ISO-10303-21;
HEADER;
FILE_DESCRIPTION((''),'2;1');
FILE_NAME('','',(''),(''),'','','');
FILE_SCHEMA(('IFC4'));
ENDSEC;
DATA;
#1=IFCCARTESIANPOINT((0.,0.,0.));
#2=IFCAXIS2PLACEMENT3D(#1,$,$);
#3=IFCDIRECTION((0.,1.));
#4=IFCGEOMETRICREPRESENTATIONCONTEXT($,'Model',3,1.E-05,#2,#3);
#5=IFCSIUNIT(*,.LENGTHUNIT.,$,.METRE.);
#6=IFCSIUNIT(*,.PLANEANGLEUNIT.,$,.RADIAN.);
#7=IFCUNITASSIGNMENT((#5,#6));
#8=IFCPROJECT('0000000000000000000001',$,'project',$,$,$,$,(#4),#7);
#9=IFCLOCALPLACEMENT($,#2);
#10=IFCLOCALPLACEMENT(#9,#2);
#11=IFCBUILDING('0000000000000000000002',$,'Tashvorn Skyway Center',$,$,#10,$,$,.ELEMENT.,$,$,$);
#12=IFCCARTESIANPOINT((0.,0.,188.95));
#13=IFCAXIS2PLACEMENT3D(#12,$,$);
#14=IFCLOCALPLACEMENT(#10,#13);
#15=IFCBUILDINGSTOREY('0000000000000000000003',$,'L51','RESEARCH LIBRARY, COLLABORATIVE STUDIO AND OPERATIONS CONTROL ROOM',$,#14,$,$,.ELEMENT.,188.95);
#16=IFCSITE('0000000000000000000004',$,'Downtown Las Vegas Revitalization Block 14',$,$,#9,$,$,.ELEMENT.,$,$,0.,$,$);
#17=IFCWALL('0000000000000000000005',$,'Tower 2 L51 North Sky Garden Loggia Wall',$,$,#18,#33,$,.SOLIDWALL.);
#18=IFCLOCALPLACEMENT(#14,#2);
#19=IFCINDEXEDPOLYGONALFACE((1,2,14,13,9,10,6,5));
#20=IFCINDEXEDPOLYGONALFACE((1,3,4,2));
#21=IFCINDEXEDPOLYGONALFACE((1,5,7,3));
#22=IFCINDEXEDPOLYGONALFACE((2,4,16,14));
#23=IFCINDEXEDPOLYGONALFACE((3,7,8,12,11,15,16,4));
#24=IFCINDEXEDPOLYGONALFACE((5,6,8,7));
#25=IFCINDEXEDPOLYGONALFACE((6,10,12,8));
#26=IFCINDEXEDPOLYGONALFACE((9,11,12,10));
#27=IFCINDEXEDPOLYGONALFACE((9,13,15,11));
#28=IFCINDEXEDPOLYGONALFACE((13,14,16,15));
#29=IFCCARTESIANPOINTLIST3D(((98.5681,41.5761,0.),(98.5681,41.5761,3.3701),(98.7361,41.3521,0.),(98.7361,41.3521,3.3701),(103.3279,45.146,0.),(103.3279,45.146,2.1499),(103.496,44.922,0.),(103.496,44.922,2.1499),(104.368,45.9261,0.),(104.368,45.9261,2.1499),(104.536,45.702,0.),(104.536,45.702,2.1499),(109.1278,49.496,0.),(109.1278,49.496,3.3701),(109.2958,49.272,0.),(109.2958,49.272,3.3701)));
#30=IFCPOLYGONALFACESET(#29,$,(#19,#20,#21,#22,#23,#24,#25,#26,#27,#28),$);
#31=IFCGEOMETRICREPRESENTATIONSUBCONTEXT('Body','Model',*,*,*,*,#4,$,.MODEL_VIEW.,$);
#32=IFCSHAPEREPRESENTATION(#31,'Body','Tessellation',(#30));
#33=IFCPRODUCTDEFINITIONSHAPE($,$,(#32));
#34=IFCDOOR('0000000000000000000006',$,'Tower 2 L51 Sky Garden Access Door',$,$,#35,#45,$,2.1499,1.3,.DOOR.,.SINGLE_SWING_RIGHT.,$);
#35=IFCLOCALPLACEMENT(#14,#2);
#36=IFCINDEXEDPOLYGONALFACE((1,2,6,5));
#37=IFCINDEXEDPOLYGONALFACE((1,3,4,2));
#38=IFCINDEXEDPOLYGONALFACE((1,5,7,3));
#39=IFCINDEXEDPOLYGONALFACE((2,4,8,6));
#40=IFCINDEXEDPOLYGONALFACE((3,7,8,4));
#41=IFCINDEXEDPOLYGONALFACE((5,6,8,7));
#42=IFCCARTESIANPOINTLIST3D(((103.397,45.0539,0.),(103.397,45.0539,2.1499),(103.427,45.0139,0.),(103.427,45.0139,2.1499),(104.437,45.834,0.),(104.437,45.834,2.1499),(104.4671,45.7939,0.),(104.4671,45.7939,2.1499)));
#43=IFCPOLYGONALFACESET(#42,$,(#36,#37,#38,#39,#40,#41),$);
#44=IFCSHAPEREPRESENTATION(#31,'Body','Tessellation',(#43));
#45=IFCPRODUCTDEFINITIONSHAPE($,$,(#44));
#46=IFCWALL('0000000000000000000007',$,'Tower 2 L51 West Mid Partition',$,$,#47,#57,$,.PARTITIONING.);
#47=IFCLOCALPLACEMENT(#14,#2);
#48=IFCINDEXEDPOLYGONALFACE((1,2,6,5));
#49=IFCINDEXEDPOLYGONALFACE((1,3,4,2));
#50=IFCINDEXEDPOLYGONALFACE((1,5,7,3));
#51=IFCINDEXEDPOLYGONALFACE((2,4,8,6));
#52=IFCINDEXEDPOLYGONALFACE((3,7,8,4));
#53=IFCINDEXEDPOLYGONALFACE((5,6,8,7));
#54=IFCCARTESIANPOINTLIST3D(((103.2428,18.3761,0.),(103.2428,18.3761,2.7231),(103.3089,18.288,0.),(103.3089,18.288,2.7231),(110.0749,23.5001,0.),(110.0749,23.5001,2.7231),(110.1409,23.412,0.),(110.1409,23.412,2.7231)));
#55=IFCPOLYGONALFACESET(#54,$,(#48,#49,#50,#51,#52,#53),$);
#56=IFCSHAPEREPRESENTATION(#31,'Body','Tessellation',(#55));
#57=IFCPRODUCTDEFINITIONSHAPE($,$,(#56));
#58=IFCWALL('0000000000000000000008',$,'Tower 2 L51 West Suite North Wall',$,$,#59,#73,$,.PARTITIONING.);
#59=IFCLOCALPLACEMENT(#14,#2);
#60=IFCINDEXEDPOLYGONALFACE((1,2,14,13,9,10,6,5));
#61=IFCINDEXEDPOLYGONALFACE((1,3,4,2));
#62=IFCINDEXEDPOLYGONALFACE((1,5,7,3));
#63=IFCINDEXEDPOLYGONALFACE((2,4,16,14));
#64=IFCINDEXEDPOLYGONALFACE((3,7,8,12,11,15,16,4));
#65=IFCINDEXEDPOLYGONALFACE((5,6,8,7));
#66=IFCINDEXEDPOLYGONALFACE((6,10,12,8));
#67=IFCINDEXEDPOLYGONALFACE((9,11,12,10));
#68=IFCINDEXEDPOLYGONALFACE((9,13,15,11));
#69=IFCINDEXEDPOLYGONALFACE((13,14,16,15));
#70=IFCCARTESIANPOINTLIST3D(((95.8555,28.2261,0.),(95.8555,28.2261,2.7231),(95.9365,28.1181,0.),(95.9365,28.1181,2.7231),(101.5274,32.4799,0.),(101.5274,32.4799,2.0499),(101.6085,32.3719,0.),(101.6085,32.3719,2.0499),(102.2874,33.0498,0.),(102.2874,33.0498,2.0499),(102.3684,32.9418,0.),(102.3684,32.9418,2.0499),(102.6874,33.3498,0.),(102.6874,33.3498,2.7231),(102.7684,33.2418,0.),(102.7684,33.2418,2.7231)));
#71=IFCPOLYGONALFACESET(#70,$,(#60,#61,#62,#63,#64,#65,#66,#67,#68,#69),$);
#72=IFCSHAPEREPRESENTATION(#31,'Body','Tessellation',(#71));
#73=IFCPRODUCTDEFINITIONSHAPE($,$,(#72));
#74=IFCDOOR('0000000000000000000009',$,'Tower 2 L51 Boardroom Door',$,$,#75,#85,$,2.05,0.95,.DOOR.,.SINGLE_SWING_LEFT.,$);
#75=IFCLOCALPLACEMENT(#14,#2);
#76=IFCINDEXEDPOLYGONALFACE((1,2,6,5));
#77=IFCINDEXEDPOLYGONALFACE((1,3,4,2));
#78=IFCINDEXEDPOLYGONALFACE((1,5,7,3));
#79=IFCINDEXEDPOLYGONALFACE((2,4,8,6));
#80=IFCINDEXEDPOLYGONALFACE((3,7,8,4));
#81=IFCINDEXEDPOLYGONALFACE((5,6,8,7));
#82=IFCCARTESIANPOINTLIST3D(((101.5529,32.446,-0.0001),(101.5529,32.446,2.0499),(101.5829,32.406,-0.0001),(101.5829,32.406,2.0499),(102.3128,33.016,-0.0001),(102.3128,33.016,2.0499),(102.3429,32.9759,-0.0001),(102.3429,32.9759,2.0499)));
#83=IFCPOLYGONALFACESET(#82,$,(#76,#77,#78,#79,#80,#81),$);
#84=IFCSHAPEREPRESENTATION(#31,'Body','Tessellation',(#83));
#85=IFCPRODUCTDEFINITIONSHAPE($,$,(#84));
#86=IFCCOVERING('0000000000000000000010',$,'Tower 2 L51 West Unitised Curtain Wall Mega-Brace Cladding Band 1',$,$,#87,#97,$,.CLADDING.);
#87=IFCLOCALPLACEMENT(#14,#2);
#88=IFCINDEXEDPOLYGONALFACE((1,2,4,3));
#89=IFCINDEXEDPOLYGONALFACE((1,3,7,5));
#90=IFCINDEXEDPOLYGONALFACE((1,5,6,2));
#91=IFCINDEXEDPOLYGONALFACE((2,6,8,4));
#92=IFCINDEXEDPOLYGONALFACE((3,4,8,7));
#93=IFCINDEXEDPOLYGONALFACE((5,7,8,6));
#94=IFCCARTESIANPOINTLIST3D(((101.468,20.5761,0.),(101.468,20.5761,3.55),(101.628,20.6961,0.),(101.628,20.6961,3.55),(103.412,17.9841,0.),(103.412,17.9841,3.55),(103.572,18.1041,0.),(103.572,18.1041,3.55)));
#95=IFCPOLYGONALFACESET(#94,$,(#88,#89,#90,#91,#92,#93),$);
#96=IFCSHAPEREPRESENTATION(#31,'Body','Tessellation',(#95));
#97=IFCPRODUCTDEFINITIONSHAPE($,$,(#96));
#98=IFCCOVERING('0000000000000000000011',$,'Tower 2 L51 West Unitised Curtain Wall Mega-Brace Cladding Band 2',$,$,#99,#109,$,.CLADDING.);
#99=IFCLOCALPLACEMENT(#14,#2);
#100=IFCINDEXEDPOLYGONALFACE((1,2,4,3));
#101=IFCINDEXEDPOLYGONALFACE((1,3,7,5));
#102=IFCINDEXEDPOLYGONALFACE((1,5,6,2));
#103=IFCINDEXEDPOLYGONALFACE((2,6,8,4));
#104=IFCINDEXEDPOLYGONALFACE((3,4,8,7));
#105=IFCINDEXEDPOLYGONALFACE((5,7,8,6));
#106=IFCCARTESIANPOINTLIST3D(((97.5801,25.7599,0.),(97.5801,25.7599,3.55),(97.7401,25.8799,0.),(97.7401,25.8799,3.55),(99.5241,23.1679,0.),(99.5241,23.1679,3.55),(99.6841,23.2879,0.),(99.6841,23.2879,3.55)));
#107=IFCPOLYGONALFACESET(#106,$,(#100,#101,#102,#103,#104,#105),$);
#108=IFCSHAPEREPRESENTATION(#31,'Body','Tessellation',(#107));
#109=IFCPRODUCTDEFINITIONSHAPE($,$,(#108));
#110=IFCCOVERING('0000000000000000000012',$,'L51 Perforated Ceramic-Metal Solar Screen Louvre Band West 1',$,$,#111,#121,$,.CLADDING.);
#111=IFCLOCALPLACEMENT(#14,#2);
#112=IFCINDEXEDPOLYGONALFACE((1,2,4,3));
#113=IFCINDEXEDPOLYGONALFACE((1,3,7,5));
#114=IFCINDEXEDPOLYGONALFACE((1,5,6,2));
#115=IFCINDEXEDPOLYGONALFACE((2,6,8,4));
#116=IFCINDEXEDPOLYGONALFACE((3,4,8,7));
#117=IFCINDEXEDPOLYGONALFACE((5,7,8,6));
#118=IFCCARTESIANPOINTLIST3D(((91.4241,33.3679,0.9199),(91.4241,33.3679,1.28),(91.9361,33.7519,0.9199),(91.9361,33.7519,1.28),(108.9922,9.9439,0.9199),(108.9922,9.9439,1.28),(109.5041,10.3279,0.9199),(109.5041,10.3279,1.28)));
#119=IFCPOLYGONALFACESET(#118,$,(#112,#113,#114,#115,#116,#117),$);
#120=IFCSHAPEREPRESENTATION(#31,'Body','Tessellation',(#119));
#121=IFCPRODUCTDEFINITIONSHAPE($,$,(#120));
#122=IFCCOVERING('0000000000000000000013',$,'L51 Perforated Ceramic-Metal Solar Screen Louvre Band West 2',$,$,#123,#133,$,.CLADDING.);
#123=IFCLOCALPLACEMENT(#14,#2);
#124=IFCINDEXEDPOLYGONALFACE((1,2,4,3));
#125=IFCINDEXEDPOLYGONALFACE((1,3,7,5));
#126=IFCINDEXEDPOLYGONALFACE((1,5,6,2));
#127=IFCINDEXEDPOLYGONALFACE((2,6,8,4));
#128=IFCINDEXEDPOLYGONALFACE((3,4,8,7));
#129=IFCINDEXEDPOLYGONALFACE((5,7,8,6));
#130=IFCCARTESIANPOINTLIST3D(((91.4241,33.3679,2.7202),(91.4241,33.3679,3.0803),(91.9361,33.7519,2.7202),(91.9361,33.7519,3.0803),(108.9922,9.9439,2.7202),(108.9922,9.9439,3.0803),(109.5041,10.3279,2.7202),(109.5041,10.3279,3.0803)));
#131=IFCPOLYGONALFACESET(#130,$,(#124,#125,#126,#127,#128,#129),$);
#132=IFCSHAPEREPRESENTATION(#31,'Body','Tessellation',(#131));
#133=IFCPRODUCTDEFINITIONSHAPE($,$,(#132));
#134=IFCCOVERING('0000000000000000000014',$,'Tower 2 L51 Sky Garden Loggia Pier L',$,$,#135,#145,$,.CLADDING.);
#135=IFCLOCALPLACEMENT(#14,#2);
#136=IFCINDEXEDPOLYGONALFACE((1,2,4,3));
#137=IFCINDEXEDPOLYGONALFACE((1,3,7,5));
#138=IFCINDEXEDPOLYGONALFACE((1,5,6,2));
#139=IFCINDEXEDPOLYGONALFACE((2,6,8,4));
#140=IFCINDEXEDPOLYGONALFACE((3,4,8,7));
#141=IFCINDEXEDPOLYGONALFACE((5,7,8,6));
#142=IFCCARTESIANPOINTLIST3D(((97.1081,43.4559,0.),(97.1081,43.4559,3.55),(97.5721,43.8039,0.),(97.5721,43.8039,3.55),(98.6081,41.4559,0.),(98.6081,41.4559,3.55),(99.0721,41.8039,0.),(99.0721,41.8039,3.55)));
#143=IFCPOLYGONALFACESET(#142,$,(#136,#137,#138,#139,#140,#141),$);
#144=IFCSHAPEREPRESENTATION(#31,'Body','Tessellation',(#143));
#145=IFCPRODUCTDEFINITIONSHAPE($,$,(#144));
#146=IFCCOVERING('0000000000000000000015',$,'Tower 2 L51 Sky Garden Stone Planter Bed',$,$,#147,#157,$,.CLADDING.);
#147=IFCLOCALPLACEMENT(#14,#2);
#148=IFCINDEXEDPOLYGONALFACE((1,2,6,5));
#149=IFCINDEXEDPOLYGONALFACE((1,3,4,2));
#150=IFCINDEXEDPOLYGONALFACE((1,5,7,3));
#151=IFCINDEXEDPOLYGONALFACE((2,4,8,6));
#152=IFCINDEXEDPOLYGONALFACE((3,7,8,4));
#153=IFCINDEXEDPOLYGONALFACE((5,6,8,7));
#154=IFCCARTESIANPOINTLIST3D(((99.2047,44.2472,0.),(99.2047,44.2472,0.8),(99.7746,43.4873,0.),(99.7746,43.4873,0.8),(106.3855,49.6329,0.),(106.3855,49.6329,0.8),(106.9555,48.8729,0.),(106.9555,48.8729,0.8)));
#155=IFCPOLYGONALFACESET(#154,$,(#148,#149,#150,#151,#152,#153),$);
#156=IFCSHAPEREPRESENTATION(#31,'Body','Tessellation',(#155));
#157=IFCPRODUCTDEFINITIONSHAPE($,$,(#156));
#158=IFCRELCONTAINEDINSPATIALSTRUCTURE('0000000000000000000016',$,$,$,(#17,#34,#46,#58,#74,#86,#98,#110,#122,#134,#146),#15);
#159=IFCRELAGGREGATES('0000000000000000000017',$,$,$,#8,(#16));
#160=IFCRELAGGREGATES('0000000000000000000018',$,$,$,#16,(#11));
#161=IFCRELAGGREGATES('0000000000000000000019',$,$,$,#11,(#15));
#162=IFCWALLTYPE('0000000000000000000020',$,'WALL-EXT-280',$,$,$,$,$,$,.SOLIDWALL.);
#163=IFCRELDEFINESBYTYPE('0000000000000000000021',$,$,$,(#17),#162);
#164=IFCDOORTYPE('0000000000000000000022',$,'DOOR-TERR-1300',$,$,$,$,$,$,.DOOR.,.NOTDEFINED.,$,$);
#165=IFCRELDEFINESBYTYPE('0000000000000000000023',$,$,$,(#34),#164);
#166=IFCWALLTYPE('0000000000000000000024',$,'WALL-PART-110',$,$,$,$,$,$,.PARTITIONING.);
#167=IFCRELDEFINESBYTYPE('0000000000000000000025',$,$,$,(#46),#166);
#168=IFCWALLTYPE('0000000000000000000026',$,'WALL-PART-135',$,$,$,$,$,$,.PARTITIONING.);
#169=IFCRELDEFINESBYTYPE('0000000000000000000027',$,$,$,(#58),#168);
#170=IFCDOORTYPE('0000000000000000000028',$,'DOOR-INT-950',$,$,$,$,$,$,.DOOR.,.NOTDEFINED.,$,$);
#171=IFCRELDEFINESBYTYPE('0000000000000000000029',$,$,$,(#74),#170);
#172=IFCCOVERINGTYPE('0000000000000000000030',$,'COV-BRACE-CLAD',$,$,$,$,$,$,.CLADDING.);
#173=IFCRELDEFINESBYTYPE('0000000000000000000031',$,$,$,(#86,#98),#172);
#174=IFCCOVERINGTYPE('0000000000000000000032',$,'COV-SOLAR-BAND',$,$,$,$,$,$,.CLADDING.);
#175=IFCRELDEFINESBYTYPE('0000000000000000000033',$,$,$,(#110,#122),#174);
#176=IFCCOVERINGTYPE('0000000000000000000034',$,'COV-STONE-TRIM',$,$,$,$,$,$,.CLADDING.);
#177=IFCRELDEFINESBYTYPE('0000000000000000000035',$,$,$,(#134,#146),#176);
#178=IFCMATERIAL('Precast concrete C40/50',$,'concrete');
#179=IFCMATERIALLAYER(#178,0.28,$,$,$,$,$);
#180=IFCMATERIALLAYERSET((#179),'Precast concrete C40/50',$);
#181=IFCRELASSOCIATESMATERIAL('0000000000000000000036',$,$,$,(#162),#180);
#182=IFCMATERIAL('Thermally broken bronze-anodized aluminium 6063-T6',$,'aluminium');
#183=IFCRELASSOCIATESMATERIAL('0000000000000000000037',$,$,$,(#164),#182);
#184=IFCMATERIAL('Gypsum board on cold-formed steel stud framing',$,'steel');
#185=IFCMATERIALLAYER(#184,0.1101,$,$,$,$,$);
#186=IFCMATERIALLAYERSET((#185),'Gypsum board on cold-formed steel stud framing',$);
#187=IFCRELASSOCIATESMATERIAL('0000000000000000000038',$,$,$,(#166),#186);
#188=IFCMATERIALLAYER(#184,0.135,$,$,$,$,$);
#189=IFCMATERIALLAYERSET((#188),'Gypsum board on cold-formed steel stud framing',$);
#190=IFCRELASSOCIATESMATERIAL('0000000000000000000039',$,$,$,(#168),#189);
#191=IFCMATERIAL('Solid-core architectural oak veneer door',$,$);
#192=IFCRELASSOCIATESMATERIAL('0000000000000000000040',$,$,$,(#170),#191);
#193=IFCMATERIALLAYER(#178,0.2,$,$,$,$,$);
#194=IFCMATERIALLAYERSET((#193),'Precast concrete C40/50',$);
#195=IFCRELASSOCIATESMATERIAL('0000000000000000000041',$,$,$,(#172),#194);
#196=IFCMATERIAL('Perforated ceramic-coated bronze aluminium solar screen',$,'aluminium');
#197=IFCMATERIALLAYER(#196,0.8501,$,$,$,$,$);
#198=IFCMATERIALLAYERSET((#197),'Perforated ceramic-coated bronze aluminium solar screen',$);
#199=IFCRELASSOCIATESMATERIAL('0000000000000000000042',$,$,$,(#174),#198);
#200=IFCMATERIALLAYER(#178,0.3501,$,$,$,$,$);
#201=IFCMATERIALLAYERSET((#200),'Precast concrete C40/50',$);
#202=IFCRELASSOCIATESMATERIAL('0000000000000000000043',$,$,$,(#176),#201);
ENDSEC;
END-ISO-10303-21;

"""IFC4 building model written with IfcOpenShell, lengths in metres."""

from ifc_helpers import new_model, si_unit, direction, frame, frame_2d, origin, origin_2d, place, context, subcontext, project, spatial, rectangle, extrude, material, layer, layer_set, type_object, element, fill, save


model = new_model("IFC4")

# Units and contexts
model_context = context("Model", 3, precision=1e-05, world=origin(), true_north=direction((0.0, 1.0)))
body_context = subcontext(model_context, "Body", "Model", "MODEL_VIEW")
ifc_project = project(units=[si_unit("LENGTHUNIT", "METRE"), si_unit("PLANEANGLEUNIT", "RADIAN")], contexts=[model_context])

# Site, building, storey
site_placement = place(None, origin())
site = spatial("IfcSite", under=ifc_project, at=site_placement, Name="Downtown Las Vegas Revitalization Block 14", CompositionType="ELEMENT", RefElevation=0.0)
building_placement = place(site_placement, origin())
building = spatial("IfcBuilding", under=site, at=building_placement, Name="Tashvorn Skyway Center", CompositionType="ELEMENT")
storey_placement = place(building_placement, frame((0.0, 0.0, 188.95)))
storey = spatial("IfcBuildingStorey", under=building, at=storey_placement, Name="L51", Description="RESEARCH LIBRARY, COLLABORATIVE STUDIO AND OPERATIONS CONTROL ROOM", CompositionType="ELEMENT", Elevation=188.95)

# Shared definitions
ifc_material_1 = material(Name="Thermally broken bronze-anodized aluminium 6063-T6", Category="aluminium")

# Wall, opening, door
ifc_material_2 = material(Name="Precast concrete C40/50", Category="concrete")
ifc_layer_1 = layer(ifc_material_2, 0.28)
ifc_layer_set_1 = layer_set([ifc_layer_1], Name="Precast concrete C40/50")
wall_type_1 = type_object("IfcWallType", Name="WALL-EXT-280", PredefinedType="SOLIDWALL", material=ifc_layer_set_1)
wall_1_placement = place(storey_placement, frame((98.6521, 41.4641, 0.0), z_axis=(0.0, 0.0, 1.0), x_axis=(0.799998, 0.600003, 0.0)))
wall_1 = element("IfcWall", 1, at=wall_1_placement, inside=storey, type_object=wall_type_1, Name="Tower 2 L51 North Sky Garden Loggia Wall", PredefinedType="SOLIDWALL", context=body_context, shape_type="SweptSolid", body=[
    extrude(rectangle(XDim=13.1997, YDim=0.28, at=frame_2d((6.5999, 0.0))), origin(), (0.0, 0.0, 1.0), 3.3701),
])
opening_1_placement = place(wall_1_placement, frame((5.95, 0.0, 0.0)))
opening_1 = element("IfcOpeningElement", 2, at=opening_1_placement, cuts=wall_1, PredefinedType="OPENING", context=body_context, shape_type="SweptSolid", body=[
    extrude(rectangle(XDim=1.3, YDim=2.1499, at=frame_2d((0.6499, 1.075))), frame((0.0, 0.1499, 0.0), z_axis=(0.0, -1.0, 0.0), x_axis=(1.0, 0.0, 0.0)), (0.0, 0.0, 1.0), 0.3),
])
door_type_1 = type_object("IfcDoorType", Name="DOOR-TERR-1300", OperationType="NOTDEFINED", PredefinedType="DOOR", material=ifc_material_1)
door_1_placement = place(opening_1_placement, origin())
door_1 = element("IfcDoor", 3, at=door_1_placement, inside=storey, type_object=door_type_1, Name="Tower 2 L51 Sky Garden Access Door", OperationType="SINGLE_SWING_RIGHT", OverallHeight=2.1499, OverallWidth=1.3, PredefinedType="DOOR", context=body_context, shape_type="SweptSolid", body=[
    extrude(rectangle(XDim=1.3, YDim=2.1499, at=frame_2d((0.6499, 1.075))), frame((0.0, 0.0249, 0.0), z_axis=(0.0, -1.0, 0.0), x_axis=(1.0, 0.0, 0.0)), (0.0, 0.0, 1.0), 0.05),
])
fill(opening_1, door_1)

# Wall
ifc_material_3 = material(Name="Gypsum board on cold-formed steel stud framing", Category="steel")
ifc_layer_2 = layer(ifc_material_3, 0.1101)
ifc_layer_set_2 = layer_set([ifc_layer_2], Name="Gypsum board on cold-formed steel stud framing")
wall_type_2 = type_object("IfcWallType", Name="WALL-PART-110", PredefinedType="PARTITIONING", material=ifc_layer_set_2)
wall_2_placement = place(storey_placement, frame((103.2759, 18.332, 0.0), z_axis=(0.0, 0.0, 1.0), x_axis=(0.8, 0.6, 0.0)))
element("IfcWall", 4, at=wall_2_placement, inside=storey, type_object=wall_type_2, Name="Tower 2 L51 West Mid Partition", PredefinedType="PARTITIONING", context=body_context, shape_type="SweptSolid", body=[
    extrude(rectangle(XDim=8.54, YDim=0.1101, at=frame_2d((4.27, 0.0))), origin(), (0.0, 0.0, 1.0), 2.7231),
])

# Wall, opening, door
ifc_layer_3 = layer(ifc_material_3, 0.135)
ifc_layer_set_3 = layer_set([ifc_layer_3], Name="Gypsum board on cold-formed steel stud framing")
wall_type_3 = type_object("IfcWallType", Name="WALL-PART-135", PredefinedType="PARTITIONING", material=ifc_layer_set_3)
wall_3_placement = place(storey_placement, frame((102.728, 33.2959, 0.0), z_axis=(0.0, 0.0, 1.0), x_axis=(-0.800014, -0.599982, 0.0)))
wall_3 = element("IfcWall", 5, at=wall_3_placement, inside=storey, type_object=wall_type_3, Name="Tower 2 L51 West Suite North Wall", PredefinedType="PARTITIONING", context=body_context, shape_type="SweptSolid", body=[
    extrude(rectangle(XDim=8.5398, YDim=0.135, at=frame_2d((4.27, 0.0))), origin(), (0.0, 0.0, 1.0), 2.7231),
])
opening_2_placement = place(wall_3_placement, frame((0.5, 0.0, 0.0)))
opening_2 = element("IfcOpeningElement", 6, at=opening_2_placement, cuts=wall_3, PredefinedType="OPENING", context=body_context, shape_type="SweptSolid", body=[
    extrude(rectangle(XDim=0.95, YDim=2.05, at=frame_2d((0.4751, 1.0249))), frame((0.0, 0.0774, 0.0), z_axis=(0.0, -1.0, 0.0), x_axis=(1.0, 0.0, 0.0)), (0.0, 0.0, 1.0), 0.155),
])
ifc_material_4 = material(Name="Solid-core architectural oak veneer door")
door_type_2 = type_object("IfcDoorType", Name="DOOR-INT-950", OperationType="NOTDEFINED", PredefinedType="DOOR", material=ifc_material_4)
door_2_placement = place(opening_2_placement, origin())
door_2 = element("IfcDoor", 7, at=door_2_placement, inside=storey, type_object=door_type_2, Name="Tower 2 L51 Boardroom Door", OperationType="SINGLE_SWING_LEFT", OverallHeight=2.05, OverallWidth=0.95, PredefinedType="DOOR", context=body_context, shape_type="SweptSolid", body=[
    extrude(rectangle(XDim=0.95, YDim=2.05, at=frame_2d((0.4751, 1.0249))), frame((0.0, 0.0249, 0.0), z_axis=(0.0, -1.0, 0.0), x_axis=(1.0, 0.0, 0.0)), (0.0, 0.0, 1.0), 0.05),
])
fill(opening_2, door_2)

# Coverings
ifc_layer_4 = layer(ifc_material_2, 0.2)
ifc_layer_set_4 = layer_set([ifc_layer_4], Name="Precast concrete C40/50")
covering_type_1 = type_object("IfcCoveringType", Name="COV-BRACE-CLAD", PredefinedType="CLADDING", material=ifc_layer_set_4)
for number, where, z_axis, x_axis, name in (
    (8, (102.52, 19.3401, 0.0), (0.0, 0.0, 1.0), (-0.6, 0.8, 0.0), "Tower 2 L51 West Unitised Curtain Wall Mega-Brace Cladding Band 1"),
    (9, (98.6321, 24.5239, 0.0), (0.0, 0.0, 1.0), (-0.6, 0.8, 0.0), "Tower 2 L51 West Unitised Curtain Wall Mega-Brace Cladding Band 2"),
):
    element("IfcCovering", number, at=place(storey_placement, frame(where, z_axis=z_axis, x_axis=x_axis)), inside=storey, type_object=covering_type_1, Name=name, PredefinedType="CLADDING", context=body_context, shape_type="SweptSolid", body=[
        extrude(rectangle(XDim=3.24, YDim=0.2, at=origin_2d()), origin(), (0.0, 0.0, 1.0), 3.55),
    ])
ifc_material_5 = material(Name="Perforated ceramic-coated bronze aluminium solar screen", Category="aluminium")
ifc_layer_5 = layer(ifc_material_5, 0.8501)
ifc_layer_set_5 = layer_set([ifc_layer_5], Name="Perforated ceramic-coated bronze aluminium solar screen")
covering_type_2 = type_object("IfcCoveringType", Name="COV-SOLAR-BAND", PredefinedType="CLADDING", material=ifc_layer_set_5)
for number, where, z_axis, x_axis, name in (
    (10, (100.4641, 21.8479, 0.9199), (0.0, 0.0, 1.0), (-0.6, 0.8, 0.0), "L51 Perforated Ceramic-Metal Solar Screen Louvre Band West 1"),
    (11, (100.4641, 21.8479, 2.7202), (0.0, 0.0, 1.0), (-0.6, 0.8, 0.0), "L51 Perforated Ceramic-Metal Solar Screen Louvre Band West 2"),
):
    element("IfcCovering", number, at=place(storey_placement, frame(where, z_axis=z_axis, x_axis=x_axis)), inside=storey, type_object=covering_type_2, Name=name, PredefinedType="CLADDING", context=body_context, shape_type="SweptSolid", body=[
        extrude(rectangle(XDim=29.28, YDim=0.6399, at=origin_2d()), origin(), (0.0, 0.0, 1.0), 0.3601),
    ])
ifc_layer_6 = layer(ifc_material_2, 0.3501)
ifc_layer_set_6 = layer_set([ifc_layer_6], Name="Precast concrete C40/50")
covering_type_3 = type_object("IfcCoveringType", Name="COV-STONE-TRIM", PredefinedType="CLADDING", material=ifc_layer_set_6)
covering_1_placement = place(storey_placement, frame((98.0901, 42.6299, 0.0), z_axis=(0.0, 0.0, 1.0), x_axis=(0.8, 0.6, 0.0)))
element("IfcCovering", 12, at=covering_1_placement, inside=storey, type_object=covering_type_3, Name="Tower 2 L51 Sky Garden Loggia Pier L", PredefinedType="CLADDING", context=body_context, shape_type="SweptSolid", body=[
    extrude(rectangle(XDim=0.5801, YDim=2.5, at=origin_2d()), origin(), (0.0, 0.0, 1.0), 3.55),
])
covering_2_placement = place(storey_placement, frame((103.0801, 46.5601, 0.0), z_axis=(0.0, 0.0, 1.0), x_axis=(0.8, 0.6, 0.0)))
element("IfcCovering", 13, at=covering_2_placement, inside=storey, type_object=covering_type_3, Name="Tower 2 L51 Sky Garden Stone Planter Bed", PredefinedType="CLADDING", context=body_context, shape_type="SweptSolid", body=[
    extrude(rectangle(XDim=8.9761, YDim=0.95, at=origin_2d()), origin(), (0.0, 0.0, 1.0), 0.8),
])

save(model, "model.ifc")
